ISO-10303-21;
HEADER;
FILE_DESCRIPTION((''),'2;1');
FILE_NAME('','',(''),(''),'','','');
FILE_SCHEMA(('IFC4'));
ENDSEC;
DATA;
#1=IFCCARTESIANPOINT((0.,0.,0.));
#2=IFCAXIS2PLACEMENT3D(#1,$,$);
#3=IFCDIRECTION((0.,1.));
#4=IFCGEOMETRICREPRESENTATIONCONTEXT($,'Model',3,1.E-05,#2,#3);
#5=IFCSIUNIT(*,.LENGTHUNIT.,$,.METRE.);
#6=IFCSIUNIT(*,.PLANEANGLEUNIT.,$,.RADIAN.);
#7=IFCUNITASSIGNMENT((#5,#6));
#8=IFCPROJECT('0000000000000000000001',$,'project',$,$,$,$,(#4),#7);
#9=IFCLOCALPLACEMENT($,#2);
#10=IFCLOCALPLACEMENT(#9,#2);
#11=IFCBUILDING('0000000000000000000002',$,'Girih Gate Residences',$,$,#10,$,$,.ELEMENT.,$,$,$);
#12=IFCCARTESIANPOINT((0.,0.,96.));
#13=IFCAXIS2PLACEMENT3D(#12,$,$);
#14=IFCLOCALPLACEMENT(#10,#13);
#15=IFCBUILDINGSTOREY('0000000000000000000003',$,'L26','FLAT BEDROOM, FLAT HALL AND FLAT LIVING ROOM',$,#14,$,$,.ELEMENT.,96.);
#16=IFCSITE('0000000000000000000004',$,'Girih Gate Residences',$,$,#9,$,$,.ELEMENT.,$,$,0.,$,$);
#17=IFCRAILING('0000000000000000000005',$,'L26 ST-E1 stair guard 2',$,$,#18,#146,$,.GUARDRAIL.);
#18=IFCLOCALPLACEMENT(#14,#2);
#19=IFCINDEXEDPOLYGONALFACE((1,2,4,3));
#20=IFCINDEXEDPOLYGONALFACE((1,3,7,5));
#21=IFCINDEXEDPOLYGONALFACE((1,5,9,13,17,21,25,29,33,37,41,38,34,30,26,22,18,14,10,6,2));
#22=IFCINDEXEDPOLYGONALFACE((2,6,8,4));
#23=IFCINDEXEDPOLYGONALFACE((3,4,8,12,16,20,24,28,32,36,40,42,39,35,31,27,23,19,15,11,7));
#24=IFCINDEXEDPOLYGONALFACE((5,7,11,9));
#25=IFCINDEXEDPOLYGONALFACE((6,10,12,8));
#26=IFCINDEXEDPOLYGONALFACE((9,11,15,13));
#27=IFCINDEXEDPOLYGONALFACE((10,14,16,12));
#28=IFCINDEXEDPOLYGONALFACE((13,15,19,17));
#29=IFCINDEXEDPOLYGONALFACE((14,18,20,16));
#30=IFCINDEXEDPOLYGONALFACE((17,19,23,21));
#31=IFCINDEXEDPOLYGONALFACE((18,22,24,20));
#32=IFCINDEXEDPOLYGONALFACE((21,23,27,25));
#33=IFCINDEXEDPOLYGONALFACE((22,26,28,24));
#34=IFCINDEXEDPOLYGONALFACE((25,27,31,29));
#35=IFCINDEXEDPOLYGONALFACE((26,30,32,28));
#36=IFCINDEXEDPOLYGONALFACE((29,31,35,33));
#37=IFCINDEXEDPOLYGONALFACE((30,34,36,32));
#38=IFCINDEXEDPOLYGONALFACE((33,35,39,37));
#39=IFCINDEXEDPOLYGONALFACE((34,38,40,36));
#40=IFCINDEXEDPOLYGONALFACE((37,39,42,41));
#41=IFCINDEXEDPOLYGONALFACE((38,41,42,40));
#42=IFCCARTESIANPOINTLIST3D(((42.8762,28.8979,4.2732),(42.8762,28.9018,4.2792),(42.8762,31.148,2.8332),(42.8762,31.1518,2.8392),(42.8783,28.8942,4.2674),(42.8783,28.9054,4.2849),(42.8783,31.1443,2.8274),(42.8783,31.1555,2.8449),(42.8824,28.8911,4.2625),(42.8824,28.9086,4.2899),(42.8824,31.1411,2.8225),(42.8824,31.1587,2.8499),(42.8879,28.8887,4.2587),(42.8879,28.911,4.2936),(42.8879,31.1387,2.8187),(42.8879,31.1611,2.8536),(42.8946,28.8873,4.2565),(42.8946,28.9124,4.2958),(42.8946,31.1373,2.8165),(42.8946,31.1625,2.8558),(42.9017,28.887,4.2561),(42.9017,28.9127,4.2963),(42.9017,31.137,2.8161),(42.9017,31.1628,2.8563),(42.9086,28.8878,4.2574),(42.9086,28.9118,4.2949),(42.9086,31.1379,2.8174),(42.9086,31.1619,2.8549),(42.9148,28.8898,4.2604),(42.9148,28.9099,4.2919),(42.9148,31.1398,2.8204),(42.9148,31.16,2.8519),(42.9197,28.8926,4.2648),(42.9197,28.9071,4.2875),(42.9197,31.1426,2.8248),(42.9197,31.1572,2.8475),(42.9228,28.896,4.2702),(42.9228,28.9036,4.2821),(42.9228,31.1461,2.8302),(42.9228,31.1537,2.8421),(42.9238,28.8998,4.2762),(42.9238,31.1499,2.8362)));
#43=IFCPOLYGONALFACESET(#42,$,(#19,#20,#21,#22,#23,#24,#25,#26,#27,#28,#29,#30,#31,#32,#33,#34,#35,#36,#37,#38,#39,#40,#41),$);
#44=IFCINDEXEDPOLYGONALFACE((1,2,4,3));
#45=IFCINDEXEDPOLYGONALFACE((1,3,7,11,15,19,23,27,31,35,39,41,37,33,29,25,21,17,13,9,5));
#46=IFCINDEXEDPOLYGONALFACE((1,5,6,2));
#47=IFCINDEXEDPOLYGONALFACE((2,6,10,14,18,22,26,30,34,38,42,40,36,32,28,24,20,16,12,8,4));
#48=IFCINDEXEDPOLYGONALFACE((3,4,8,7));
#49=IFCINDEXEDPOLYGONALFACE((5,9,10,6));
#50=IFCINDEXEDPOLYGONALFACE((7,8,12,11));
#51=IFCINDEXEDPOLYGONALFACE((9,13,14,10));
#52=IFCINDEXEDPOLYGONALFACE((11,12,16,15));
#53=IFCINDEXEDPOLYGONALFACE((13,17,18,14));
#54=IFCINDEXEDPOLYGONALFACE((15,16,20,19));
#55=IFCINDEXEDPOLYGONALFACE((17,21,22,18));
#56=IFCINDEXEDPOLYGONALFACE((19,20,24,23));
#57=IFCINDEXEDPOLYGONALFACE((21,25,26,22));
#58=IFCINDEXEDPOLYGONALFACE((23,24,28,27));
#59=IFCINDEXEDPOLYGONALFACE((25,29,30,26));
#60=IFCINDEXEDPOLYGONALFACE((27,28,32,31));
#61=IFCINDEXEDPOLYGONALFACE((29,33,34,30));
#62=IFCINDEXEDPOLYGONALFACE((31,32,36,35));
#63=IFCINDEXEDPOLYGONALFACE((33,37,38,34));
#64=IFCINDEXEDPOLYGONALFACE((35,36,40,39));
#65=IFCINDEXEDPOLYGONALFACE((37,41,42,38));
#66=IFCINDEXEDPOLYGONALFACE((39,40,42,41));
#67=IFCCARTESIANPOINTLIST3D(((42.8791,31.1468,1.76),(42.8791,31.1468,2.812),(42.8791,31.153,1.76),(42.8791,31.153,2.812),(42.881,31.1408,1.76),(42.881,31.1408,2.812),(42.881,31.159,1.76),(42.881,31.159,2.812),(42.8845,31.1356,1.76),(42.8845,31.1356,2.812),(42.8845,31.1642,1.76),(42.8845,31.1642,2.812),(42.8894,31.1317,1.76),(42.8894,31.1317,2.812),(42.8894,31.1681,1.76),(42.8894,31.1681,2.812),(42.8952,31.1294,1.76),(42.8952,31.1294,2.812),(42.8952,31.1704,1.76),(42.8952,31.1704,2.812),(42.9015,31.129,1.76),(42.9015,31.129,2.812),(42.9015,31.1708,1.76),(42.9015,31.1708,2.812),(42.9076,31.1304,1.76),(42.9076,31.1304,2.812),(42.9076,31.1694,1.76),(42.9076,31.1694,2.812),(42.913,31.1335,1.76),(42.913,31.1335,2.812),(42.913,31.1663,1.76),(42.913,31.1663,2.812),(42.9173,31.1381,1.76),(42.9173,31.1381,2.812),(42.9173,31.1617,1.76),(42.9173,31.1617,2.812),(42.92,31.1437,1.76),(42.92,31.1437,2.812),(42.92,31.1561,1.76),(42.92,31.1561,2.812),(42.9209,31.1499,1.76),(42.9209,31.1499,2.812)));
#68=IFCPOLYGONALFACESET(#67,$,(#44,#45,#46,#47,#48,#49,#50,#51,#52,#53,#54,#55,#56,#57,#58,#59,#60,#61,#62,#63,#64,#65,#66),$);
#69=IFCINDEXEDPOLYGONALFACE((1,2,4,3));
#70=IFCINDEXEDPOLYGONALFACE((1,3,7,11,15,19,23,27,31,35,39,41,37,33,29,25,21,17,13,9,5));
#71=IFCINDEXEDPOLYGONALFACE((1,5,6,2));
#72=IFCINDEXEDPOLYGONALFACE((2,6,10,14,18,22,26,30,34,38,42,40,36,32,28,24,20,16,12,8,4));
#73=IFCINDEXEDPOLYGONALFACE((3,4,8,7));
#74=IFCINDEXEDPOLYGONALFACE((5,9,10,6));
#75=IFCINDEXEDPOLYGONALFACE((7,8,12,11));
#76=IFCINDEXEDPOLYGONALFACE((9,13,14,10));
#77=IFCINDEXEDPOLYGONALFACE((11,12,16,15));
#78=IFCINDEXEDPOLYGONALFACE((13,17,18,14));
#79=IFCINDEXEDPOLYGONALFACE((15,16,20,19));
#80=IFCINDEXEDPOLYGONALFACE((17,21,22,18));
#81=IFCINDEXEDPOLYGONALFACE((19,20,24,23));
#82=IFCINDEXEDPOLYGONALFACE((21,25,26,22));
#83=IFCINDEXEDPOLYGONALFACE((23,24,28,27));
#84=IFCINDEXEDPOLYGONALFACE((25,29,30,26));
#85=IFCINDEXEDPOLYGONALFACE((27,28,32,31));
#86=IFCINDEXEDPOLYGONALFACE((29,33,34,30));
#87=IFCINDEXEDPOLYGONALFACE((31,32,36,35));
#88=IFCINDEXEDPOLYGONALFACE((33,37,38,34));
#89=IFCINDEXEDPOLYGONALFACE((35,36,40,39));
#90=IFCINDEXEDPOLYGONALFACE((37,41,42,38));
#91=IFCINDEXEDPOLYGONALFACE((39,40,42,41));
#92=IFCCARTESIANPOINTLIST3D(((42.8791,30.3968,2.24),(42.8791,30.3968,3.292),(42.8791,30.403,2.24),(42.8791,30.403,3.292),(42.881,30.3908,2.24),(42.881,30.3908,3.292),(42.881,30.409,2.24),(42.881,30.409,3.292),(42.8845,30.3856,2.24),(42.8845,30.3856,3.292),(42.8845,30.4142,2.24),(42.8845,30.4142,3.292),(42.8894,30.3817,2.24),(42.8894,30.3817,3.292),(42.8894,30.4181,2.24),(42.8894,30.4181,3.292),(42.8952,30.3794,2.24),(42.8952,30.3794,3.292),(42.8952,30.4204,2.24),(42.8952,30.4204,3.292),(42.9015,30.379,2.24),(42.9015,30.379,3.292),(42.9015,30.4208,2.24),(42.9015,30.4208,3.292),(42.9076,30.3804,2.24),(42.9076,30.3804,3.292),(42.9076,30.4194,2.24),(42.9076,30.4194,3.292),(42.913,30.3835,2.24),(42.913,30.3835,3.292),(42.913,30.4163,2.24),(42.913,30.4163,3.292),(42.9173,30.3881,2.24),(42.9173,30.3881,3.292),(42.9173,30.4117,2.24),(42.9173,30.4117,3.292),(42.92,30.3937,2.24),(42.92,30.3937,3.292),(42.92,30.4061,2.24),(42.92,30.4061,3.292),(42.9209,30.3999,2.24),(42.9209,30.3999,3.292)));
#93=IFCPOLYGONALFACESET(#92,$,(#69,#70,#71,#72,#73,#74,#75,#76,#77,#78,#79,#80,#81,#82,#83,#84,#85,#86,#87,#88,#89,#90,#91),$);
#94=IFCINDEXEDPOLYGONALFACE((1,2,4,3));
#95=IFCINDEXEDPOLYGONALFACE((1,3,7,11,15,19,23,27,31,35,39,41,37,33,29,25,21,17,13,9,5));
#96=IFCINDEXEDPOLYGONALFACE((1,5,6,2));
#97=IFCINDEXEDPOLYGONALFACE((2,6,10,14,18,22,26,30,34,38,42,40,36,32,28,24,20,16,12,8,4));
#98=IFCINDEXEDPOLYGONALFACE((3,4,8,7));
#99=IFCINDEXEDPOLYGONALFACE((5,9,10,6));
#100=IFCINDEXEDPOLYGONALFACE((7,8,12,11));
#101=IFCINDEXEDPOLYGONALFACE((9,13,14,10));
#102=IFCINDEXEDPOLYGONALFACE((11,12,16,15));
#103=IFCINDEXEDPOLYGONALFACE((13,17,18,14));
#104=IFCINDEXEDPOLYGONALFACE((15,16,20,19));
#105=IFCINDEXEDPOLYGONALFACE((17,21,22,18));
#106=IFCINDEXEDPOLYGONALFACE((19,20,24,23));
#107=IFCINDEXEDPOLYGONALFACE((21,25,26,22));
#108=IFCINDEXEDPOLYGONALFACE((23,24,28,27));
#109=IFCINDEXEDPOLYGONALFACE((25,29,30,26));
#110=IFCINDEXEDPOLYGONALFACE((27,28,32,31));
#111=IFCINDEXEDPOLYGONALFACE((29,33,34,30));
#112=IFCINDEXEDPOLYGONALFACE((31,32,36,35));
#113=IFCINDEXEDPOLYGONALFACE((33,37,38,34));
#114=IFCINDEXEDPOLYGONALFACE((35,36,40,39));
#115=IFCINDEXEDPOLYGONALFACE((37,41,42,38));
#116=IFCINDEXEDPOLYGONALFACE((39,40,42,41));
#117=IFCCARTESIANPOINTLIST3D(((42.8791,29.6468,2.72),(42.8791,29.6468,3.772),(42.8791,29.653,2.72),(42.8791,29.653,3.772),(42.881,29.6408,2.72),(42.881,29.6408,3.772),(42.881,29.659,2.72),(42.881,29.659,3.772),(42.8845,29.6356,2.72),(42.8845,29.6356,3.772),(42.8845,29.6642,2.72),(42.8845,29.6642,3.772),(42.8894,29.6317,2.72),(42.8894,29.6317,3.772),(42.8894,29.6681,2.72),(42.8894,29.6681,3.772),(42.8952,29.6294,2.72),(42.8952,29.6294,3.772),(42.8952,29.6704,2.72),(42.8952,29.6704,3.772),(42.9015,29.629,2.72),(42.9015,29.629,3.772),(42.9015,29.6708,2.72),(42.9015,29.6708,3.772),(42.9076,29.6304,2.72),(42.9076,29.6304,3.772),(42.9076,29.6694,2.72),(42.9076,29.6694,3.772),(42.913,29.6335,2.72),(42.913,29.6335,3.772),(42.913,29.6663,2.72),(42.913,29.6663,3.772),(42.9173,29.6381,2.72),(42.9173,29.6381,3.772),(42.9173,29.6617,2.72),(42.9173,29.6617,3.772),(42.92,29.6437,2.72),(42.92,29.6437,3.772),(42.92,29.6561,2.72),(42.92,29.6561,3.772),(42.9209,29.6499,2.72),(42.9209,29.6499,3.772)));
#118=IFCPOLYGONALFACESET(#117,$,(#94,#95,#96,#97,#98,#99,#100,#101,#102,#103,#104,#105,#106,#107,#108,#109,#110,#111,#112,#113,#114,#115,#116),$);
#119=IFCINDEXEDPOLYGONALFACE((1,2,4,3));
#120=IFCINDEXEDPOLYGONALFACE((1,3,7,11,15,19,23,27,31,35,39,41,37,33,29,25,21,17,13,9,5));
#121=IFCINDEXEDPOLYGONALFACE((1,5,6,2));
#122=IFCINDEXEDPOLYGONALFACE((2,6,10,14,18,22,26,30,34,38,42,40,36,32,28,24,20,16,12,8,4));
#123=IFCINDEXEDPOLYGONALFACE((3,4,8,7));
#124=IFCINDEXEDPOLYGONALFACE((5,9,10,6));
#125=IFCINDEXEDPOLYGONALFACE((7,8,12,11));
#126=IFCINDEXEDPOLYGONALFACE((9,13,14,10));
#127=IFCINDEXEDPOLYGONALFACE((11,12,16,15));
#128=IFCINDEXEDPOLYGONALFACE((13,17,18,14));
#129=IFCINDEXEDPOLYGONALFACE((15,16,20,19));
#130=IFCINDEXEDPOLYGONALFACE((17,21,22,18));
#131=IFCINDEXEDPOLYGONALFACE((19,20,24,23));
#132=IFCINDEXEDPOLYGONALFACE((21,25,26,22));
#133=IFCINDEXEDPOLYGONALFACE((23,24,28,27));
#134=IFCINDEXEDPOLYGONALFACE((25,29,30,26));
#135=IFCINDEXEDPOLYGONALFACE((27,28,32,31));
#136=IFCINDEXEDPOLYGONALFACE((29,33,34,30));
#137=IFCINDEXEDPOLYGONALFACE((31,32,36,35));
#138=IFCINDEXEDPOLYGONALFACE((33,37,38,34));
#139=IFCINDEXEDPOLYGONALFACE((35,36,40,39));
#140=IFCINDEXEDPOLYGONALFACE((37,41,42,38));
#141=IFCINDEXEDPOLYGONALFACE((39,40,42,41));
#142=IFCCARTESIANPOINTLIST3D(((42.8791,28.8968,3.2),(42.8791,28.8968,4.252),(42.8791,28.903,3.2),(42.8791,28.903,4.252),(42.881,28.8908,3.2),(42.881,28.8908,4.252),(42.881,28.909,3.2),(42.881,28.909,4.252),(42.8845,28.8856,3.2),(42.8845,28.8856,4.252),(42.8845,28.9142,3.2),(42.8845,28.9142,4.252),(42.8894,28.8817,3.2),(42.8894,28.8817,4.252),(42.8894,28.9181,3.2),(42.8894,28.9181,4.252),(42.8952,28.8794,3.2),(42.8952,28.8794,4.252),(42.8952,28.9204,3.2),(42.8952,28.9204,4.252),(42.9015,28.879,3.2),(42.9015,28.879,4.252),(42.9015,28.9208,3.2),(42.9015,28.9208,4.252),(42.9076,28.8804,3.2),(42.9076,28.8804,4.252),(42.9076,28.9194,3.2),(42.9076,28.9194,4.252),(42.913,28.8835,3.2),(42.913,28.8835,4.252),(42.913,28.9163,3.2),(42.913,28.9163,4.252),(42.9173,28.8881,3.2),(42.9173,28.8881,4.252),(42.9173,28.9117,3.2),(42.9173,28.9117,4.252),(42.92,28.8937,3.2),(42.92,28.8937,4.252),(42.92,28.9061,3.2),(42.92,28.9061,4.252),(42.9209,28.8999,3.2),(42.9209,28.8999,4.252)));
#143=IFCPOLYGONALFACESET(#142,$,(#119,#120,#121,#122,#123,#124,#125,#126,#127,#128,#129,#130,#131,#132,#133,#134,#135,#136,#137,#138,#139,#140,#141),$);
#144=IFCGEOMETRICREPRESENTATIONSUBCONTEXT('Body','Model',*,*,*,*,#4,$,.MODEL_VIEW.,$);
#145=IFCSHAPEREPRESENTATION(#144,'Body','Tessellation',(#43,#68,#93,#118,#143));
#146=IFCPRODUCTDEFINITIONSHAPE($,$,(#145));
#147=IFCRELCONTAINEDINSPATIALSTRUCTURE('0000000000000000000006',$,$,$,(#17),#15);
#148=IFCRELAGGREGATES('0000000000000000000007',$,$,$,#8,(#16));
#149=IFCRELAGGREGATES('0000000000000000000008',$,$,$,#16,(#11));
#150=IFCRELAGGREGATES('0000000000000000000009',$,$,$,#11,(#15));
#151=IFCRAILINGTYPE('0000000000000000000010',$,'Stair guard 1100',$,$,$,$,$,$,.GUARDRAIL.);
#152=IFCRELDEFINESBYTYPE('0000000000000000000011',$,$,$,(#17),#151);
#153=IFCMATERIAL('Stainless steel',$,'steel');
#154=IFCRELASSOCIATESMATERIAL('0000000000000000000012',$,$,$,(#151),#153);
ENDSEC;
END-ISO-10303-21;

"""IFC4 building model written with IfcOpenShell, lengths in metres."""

from ifc_helpers import new_model, si_unit, direction, frame, origin, origin_2d, place, context, subcontext, project, spatial, circle, extrude, material, type_object, element, save


model = new_model("IFC4")

# Units and contexts
model_context = context("Model", 3, precision=1e-05, world=origin(), true_north=direction((0.0, 1.0)))
body_context = subcontext(model_context, "Body", "Model", "MODEL_VIEW")
ifc_project = project(units=[si_unit("LENGTHUNIT", "METRE"), si_unit("PLANEANGLEUNIT", "RADIAN")], contexts=[model_context])

# Site, building, storey
site_placement = place(None, origin())
site = spatial("IfcSite", under=ifc_project, at=site_placement, Name="Girih Gate Residences", CompositionType="ELEMENT", RefElevation=0.0)
building_placement = place(site_placement, origin())
building = spatial("IfcBuilding", under=site, at=building_placement, Name="Girih Gate Residences", CompositionType="ELEMENT")
storey_placement = place(building_placement, frame((0.0, 0.0, 96.0)))
storey = spatial("IfcBuildingStorey", under=building, at=storey_placement, Name="L26", Description="FLAT BEDROOM, FLAT HALL AND FLAT LIVING ROOM", CompositionType="ELEMENT", Elevation=96.0)

# Railing
ifc_material_1 = material(Name="Stainless steel", Category="steel")
railing_type_1 = type_object("IfcRailingType", Name="Stair guard 1100", PredefinedType="GUARDRAIL", material=ifc_material_1)
railing_1_placement = place(storey_placement, frame((42.8999, 31.1499, 1.76)))
element("IfcRailing", 1, at=railing_1_placement, inside=storey, type_object=railing_type_1, Name="L26 ST-E1 stair guard 2", PredefinedType="GUARDRAIL", context=body_context, shape_type="SweptSolid", body=[
    extrude(circle(Radius=0.0239, at=origin_2d()), frame((0.0, 0.0, 1.0762), z_axis=(0.0, -0.842281, 0.539038), x_axis=(1.0, 0.0, 0.0)), (0.0, 0.0, 1.0), 2.6714),
    extrude(circle(Radius=0.021, at=origin_2d()), origin(), (0.0, 0.0, 1.0), 1.052),
    extrude(circle(Radius=0.021, at=origin_2d()), frame((0.0, -0.75, 0.48)), (0.0, 0.0, 1.0), 1.052),
    extrude(circle(Radius=0.021, at=origin_2d()), frame((0.0, -1.5, 0.96)), (0.0, 0.0, 1.0), 1.052),
    extrude(circle(Radius=0.021, at=origin_2d()), frame((0.0, -2.25, 1.4399)), (0.0, 0.0, 1.0), 1.052),
])

save(model, "model.ifc")
